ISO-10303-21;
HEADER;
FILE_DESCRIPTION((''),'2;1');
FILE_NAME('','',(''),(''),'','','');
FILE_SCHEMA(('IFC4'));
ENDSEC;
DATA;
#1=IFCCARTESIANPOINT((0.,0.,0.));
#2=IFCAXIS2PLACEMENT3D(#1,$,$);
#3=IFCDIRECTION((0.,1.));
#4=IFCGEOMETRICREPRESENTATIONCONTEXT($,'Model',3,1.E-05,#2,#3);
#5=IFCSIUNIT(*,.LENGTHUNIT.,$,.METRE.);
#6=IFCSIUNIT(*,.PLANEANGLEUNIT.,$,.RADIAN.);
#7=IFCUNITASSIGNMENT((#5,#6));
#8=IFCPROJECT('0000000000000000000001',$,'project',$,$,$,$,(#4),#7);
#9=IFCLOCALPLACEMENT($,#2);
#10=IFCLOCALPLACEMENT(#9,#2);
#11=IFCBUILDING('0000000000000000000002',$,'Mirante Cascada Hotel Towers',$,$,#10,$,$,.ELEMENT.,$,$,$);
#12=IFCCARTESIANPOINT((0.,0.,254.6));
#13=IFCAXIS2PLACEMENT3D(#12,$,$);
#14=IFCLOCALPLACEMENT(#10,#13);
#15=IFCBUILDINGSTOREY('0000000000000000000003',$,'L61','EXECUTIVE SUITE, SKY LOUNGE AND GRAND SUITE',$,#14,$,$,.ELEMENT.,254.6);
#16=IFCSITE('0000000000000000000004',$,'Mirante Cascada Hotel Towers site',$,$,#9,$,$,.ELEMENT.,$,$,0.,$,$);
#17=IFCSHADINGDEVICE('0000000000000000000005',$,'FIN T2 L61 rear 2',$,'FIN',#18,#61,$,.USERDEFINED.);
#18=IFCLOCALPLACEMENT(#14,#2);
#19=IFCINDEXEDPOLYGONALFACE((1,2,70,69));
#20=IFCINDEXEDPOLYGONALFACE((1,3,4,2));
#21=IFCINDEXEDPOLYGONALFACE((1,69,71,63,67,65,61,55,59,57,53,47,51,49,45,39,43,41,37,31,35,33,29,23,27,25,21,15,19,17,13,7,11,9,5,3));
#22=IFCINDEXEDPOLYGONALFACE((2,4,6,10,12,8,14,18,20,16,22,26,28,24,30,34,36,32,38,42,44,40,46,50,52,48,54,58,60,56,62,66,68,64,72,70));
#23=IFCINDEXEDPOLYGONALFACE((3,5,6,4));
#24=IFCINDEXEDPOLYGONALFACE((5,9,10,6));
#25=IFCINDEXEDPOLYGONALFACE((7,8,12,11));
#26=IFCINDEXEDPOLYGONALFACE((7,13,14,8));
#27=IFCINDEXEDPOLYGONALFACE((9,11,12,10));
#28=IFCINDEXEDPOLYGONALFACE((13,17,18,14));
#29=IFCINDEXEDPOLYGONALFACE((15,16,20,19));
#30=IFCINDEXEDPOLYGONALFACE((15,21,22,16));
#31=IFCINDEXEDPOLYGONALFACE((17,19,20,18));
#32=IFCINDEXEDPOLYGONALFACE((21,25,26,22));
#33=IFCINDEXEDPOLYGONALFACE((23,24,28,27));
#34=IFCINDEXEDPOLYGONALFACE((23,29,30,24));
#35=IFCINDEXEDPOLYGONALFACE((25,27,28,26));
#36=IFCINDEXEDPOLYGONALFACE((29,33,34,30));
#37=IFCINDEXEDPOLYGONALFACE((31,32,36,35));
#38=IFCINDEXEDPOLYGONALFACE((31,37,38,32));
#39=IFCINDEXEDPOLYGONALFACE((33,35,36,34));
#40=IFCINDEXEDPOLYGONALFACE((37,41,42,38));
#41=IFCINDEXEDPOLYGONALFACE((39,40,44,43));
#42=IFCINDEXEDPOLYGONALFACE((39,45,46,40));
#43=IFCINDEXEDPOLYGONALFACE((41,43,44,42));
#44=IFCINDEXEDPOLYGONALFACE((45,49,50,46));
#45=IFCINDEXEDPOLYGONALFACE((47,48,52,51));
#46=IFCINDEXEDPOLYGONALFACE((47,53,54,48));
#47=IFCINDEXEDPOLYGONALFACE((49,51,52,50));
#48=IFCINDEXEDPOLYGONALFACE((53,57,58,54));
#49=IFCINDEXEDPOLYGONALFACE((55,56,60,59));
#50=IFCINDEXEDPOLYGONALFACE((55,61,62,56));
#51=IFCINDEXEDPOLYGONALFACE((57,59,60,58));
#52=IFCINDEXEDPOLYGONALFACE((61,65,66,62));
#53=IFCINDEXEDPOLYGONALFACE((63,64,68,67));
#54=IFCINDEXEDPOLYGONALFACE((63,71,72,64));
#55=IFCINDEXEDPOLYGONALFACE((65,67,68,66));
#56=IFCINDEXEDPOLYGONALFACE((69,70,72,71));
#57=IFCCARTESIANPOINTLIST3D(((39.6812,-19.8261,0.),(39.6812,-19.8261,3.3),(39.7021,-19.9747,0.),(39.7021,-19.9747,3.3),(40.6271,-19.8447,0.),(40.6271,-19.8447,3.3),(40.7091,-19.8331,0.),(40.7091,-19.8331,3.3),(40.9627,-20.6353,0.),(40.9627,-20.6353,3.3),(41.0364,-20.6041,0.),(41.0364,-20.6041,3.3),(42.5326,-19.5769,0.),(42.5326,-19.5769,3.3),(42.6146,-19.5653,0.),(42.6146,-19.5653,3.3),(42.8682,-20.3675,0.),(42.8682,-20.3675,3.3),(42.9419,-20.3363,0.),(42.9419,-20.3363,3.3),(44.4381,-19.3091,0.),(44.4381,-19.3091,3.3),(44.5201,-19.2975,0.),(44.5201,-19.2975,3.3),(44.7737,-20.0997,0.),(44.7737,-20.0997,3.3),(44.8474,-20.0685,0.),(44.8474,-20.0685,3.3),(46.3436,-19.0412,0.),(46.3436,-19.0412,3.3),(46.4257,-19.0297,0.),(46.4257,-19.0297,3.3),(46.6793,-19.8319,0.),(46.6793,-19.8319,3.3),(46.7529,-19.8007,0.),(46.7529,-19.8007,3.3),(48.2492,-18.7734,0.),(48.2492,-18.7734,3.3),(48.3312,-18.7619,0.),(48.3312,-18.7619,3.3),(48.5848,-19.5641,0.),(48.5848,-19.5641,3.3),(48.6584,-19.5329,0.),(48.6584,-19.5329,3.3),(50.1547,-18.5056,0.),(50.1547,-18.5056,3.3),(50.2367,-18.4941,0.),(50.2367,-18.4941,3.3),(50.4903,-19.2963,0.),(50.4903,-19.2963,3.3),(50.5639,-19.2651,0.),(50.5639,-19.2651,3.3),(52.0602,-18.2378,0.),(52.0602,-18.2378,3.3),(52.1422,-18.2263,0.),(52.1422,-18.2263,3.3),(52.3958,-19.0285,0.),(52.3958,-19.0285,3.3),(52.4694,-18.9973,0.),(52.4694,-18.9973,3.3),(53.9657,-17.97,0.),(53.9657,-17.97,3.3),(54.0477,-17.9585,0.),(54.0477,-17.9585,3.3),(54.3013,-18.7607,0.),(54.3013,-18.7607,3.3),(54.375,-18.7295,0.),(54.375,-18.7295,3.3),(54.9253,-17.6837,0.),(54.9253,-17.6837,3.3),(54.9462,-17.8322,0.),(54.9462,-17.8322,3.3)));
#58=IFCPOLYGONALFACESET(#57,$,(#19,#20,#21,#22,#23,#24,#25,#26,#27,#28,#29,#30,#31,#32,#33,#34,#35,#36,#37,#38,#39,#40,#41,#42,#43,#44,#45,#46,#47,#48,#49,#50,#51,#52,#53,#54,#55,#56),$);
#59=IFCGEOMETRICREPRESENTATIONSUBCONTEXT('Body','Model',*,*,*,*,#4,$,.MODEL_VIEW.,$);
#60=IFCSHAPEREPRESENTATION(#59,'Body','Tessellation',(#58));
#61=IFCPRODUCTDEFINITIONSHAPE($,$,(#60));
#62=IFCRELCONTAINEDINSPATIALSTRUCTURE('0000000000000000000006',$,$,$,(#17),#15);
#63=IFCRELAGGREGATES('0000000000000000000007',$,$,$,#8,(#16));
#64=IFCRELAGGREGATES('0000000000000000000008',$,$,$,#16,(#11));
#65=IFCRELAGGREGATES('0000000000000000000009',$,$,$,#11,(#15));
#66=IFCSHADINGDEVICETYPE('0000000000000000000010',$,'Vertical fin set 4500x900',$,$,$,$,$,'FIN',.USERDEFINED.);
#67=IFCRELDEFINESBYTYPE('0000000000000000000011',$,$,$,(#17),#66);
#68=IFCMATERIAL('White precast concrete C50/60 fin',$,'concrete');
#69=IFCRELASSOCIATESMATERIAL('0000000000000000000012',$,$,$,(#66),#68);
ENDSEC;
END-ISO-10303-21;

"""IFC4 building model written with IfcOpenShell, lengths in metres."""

from ifc_helpers import new_model, si_unit, direction, frame, origin, place, context, subcontext, project, spatial, polyline, outline, extrude, material, type_object, element, save


model = new_model("IFC4")

# Units and contexts
model_context = context("Model", 3, precision=1e-05, world=origin(), true_north=direction((0.0, 1.0)))
body_context = subcontext(model_context, "Body", "Model", "MODEL_VIEW")
ifc_project = project(units=[si_unit("LENGTHUNIT", "METRE"), si_unit("PLANEANGLEUNIT", "RADIAN")], contexts=[model_context])

# Site, building, storey
site_placement = place(None, origin())
site = spatial("IfcSite", under=ifc_project, at=site_placement, Name="Mirante Cascada Hotel Towers site", CompositionType="ELEMENT", RefElevation=0.0)
building_placement = place(site_placement, origin())
building = spatial("IfcBuilding", under=site, at=building_placement, Name="Mirante Cascada Hotel Towers", CompositionType="ELEMENT")
storey_placement = place(building_placement, frame((0.0, 0.0, 254.6)))
storey = spatial("IfcBuildingStorey", under=building, at=storey_placement, Name="L61", Description="EXECUTIVE SUITE, SKY LOUNGE AND GRAND SUITE", CompositionType="ELEMENT", Elevation=254.6)

# Shading device
ifc_material_1 = material(Name="White precast concrete C50/60 fin", Category="concrete")
shading_device_type = type_object("IfcShadingDeviceType", Name="Vertical fin set 4500x900", ElementType="FIN", PredefinedType="USERDEFINED", material=ifc_material_1)
shading_device_1_placement = place(storey_placement, origin())
element("IfcShadingDevice", 1, at=shading_device_1_placement, inside=storey, type_object=shading_device_type, Name="FIN T2 L61 rear 2", ObjectType="FIN", PredefinedType="USERDEFINED", context=body_context, shape_type="SweptSolid", body=[
    extrude(outline(polyline([(40.9627, -20.6353), (40.6271, -19.8447), (39.7021, -19.9747), (39.6812, -19.8261), (54.9253, -17.6837), (54.9462, -17.8322), (54.0477, -17.9585), (54.375, -18.7295), (54.3013, -18.7607), (53.9657, -17.97), (52.1422, -18.2263), (52.4694, -18.9973), (52.3958, -19.0285), (52.0602, -18.2378), (50.2367, -18.4941), (50.5639, -19.2651), (50.4903, -19.2963), (50.1547, -18.5056), (48.3312, -18.7619), (48.6584, -19.5329), (48.5848, -19.5641), (48.2492, -18.7734), (46.4257, -19.0297), (46.7529, -19.8007), (46.6793, -19.8319), (46.3436, -19.0412), (44.5201, -19.2975), (44.8474, -20.0685), (44.7737, -20.0997), (44.4381, -19.3091), (42.6146, -19.5653), (42.9419, -20.3363), (42.8682, -20.3675), (42.5326, -19.5769), (40.7091, -19.8331), (41.0364, -20.6041), (40.9627, -20.6353)])), origin(), (0.0, 0.0, 1.0), 3.3),
])

save(model, "model.ifc")
